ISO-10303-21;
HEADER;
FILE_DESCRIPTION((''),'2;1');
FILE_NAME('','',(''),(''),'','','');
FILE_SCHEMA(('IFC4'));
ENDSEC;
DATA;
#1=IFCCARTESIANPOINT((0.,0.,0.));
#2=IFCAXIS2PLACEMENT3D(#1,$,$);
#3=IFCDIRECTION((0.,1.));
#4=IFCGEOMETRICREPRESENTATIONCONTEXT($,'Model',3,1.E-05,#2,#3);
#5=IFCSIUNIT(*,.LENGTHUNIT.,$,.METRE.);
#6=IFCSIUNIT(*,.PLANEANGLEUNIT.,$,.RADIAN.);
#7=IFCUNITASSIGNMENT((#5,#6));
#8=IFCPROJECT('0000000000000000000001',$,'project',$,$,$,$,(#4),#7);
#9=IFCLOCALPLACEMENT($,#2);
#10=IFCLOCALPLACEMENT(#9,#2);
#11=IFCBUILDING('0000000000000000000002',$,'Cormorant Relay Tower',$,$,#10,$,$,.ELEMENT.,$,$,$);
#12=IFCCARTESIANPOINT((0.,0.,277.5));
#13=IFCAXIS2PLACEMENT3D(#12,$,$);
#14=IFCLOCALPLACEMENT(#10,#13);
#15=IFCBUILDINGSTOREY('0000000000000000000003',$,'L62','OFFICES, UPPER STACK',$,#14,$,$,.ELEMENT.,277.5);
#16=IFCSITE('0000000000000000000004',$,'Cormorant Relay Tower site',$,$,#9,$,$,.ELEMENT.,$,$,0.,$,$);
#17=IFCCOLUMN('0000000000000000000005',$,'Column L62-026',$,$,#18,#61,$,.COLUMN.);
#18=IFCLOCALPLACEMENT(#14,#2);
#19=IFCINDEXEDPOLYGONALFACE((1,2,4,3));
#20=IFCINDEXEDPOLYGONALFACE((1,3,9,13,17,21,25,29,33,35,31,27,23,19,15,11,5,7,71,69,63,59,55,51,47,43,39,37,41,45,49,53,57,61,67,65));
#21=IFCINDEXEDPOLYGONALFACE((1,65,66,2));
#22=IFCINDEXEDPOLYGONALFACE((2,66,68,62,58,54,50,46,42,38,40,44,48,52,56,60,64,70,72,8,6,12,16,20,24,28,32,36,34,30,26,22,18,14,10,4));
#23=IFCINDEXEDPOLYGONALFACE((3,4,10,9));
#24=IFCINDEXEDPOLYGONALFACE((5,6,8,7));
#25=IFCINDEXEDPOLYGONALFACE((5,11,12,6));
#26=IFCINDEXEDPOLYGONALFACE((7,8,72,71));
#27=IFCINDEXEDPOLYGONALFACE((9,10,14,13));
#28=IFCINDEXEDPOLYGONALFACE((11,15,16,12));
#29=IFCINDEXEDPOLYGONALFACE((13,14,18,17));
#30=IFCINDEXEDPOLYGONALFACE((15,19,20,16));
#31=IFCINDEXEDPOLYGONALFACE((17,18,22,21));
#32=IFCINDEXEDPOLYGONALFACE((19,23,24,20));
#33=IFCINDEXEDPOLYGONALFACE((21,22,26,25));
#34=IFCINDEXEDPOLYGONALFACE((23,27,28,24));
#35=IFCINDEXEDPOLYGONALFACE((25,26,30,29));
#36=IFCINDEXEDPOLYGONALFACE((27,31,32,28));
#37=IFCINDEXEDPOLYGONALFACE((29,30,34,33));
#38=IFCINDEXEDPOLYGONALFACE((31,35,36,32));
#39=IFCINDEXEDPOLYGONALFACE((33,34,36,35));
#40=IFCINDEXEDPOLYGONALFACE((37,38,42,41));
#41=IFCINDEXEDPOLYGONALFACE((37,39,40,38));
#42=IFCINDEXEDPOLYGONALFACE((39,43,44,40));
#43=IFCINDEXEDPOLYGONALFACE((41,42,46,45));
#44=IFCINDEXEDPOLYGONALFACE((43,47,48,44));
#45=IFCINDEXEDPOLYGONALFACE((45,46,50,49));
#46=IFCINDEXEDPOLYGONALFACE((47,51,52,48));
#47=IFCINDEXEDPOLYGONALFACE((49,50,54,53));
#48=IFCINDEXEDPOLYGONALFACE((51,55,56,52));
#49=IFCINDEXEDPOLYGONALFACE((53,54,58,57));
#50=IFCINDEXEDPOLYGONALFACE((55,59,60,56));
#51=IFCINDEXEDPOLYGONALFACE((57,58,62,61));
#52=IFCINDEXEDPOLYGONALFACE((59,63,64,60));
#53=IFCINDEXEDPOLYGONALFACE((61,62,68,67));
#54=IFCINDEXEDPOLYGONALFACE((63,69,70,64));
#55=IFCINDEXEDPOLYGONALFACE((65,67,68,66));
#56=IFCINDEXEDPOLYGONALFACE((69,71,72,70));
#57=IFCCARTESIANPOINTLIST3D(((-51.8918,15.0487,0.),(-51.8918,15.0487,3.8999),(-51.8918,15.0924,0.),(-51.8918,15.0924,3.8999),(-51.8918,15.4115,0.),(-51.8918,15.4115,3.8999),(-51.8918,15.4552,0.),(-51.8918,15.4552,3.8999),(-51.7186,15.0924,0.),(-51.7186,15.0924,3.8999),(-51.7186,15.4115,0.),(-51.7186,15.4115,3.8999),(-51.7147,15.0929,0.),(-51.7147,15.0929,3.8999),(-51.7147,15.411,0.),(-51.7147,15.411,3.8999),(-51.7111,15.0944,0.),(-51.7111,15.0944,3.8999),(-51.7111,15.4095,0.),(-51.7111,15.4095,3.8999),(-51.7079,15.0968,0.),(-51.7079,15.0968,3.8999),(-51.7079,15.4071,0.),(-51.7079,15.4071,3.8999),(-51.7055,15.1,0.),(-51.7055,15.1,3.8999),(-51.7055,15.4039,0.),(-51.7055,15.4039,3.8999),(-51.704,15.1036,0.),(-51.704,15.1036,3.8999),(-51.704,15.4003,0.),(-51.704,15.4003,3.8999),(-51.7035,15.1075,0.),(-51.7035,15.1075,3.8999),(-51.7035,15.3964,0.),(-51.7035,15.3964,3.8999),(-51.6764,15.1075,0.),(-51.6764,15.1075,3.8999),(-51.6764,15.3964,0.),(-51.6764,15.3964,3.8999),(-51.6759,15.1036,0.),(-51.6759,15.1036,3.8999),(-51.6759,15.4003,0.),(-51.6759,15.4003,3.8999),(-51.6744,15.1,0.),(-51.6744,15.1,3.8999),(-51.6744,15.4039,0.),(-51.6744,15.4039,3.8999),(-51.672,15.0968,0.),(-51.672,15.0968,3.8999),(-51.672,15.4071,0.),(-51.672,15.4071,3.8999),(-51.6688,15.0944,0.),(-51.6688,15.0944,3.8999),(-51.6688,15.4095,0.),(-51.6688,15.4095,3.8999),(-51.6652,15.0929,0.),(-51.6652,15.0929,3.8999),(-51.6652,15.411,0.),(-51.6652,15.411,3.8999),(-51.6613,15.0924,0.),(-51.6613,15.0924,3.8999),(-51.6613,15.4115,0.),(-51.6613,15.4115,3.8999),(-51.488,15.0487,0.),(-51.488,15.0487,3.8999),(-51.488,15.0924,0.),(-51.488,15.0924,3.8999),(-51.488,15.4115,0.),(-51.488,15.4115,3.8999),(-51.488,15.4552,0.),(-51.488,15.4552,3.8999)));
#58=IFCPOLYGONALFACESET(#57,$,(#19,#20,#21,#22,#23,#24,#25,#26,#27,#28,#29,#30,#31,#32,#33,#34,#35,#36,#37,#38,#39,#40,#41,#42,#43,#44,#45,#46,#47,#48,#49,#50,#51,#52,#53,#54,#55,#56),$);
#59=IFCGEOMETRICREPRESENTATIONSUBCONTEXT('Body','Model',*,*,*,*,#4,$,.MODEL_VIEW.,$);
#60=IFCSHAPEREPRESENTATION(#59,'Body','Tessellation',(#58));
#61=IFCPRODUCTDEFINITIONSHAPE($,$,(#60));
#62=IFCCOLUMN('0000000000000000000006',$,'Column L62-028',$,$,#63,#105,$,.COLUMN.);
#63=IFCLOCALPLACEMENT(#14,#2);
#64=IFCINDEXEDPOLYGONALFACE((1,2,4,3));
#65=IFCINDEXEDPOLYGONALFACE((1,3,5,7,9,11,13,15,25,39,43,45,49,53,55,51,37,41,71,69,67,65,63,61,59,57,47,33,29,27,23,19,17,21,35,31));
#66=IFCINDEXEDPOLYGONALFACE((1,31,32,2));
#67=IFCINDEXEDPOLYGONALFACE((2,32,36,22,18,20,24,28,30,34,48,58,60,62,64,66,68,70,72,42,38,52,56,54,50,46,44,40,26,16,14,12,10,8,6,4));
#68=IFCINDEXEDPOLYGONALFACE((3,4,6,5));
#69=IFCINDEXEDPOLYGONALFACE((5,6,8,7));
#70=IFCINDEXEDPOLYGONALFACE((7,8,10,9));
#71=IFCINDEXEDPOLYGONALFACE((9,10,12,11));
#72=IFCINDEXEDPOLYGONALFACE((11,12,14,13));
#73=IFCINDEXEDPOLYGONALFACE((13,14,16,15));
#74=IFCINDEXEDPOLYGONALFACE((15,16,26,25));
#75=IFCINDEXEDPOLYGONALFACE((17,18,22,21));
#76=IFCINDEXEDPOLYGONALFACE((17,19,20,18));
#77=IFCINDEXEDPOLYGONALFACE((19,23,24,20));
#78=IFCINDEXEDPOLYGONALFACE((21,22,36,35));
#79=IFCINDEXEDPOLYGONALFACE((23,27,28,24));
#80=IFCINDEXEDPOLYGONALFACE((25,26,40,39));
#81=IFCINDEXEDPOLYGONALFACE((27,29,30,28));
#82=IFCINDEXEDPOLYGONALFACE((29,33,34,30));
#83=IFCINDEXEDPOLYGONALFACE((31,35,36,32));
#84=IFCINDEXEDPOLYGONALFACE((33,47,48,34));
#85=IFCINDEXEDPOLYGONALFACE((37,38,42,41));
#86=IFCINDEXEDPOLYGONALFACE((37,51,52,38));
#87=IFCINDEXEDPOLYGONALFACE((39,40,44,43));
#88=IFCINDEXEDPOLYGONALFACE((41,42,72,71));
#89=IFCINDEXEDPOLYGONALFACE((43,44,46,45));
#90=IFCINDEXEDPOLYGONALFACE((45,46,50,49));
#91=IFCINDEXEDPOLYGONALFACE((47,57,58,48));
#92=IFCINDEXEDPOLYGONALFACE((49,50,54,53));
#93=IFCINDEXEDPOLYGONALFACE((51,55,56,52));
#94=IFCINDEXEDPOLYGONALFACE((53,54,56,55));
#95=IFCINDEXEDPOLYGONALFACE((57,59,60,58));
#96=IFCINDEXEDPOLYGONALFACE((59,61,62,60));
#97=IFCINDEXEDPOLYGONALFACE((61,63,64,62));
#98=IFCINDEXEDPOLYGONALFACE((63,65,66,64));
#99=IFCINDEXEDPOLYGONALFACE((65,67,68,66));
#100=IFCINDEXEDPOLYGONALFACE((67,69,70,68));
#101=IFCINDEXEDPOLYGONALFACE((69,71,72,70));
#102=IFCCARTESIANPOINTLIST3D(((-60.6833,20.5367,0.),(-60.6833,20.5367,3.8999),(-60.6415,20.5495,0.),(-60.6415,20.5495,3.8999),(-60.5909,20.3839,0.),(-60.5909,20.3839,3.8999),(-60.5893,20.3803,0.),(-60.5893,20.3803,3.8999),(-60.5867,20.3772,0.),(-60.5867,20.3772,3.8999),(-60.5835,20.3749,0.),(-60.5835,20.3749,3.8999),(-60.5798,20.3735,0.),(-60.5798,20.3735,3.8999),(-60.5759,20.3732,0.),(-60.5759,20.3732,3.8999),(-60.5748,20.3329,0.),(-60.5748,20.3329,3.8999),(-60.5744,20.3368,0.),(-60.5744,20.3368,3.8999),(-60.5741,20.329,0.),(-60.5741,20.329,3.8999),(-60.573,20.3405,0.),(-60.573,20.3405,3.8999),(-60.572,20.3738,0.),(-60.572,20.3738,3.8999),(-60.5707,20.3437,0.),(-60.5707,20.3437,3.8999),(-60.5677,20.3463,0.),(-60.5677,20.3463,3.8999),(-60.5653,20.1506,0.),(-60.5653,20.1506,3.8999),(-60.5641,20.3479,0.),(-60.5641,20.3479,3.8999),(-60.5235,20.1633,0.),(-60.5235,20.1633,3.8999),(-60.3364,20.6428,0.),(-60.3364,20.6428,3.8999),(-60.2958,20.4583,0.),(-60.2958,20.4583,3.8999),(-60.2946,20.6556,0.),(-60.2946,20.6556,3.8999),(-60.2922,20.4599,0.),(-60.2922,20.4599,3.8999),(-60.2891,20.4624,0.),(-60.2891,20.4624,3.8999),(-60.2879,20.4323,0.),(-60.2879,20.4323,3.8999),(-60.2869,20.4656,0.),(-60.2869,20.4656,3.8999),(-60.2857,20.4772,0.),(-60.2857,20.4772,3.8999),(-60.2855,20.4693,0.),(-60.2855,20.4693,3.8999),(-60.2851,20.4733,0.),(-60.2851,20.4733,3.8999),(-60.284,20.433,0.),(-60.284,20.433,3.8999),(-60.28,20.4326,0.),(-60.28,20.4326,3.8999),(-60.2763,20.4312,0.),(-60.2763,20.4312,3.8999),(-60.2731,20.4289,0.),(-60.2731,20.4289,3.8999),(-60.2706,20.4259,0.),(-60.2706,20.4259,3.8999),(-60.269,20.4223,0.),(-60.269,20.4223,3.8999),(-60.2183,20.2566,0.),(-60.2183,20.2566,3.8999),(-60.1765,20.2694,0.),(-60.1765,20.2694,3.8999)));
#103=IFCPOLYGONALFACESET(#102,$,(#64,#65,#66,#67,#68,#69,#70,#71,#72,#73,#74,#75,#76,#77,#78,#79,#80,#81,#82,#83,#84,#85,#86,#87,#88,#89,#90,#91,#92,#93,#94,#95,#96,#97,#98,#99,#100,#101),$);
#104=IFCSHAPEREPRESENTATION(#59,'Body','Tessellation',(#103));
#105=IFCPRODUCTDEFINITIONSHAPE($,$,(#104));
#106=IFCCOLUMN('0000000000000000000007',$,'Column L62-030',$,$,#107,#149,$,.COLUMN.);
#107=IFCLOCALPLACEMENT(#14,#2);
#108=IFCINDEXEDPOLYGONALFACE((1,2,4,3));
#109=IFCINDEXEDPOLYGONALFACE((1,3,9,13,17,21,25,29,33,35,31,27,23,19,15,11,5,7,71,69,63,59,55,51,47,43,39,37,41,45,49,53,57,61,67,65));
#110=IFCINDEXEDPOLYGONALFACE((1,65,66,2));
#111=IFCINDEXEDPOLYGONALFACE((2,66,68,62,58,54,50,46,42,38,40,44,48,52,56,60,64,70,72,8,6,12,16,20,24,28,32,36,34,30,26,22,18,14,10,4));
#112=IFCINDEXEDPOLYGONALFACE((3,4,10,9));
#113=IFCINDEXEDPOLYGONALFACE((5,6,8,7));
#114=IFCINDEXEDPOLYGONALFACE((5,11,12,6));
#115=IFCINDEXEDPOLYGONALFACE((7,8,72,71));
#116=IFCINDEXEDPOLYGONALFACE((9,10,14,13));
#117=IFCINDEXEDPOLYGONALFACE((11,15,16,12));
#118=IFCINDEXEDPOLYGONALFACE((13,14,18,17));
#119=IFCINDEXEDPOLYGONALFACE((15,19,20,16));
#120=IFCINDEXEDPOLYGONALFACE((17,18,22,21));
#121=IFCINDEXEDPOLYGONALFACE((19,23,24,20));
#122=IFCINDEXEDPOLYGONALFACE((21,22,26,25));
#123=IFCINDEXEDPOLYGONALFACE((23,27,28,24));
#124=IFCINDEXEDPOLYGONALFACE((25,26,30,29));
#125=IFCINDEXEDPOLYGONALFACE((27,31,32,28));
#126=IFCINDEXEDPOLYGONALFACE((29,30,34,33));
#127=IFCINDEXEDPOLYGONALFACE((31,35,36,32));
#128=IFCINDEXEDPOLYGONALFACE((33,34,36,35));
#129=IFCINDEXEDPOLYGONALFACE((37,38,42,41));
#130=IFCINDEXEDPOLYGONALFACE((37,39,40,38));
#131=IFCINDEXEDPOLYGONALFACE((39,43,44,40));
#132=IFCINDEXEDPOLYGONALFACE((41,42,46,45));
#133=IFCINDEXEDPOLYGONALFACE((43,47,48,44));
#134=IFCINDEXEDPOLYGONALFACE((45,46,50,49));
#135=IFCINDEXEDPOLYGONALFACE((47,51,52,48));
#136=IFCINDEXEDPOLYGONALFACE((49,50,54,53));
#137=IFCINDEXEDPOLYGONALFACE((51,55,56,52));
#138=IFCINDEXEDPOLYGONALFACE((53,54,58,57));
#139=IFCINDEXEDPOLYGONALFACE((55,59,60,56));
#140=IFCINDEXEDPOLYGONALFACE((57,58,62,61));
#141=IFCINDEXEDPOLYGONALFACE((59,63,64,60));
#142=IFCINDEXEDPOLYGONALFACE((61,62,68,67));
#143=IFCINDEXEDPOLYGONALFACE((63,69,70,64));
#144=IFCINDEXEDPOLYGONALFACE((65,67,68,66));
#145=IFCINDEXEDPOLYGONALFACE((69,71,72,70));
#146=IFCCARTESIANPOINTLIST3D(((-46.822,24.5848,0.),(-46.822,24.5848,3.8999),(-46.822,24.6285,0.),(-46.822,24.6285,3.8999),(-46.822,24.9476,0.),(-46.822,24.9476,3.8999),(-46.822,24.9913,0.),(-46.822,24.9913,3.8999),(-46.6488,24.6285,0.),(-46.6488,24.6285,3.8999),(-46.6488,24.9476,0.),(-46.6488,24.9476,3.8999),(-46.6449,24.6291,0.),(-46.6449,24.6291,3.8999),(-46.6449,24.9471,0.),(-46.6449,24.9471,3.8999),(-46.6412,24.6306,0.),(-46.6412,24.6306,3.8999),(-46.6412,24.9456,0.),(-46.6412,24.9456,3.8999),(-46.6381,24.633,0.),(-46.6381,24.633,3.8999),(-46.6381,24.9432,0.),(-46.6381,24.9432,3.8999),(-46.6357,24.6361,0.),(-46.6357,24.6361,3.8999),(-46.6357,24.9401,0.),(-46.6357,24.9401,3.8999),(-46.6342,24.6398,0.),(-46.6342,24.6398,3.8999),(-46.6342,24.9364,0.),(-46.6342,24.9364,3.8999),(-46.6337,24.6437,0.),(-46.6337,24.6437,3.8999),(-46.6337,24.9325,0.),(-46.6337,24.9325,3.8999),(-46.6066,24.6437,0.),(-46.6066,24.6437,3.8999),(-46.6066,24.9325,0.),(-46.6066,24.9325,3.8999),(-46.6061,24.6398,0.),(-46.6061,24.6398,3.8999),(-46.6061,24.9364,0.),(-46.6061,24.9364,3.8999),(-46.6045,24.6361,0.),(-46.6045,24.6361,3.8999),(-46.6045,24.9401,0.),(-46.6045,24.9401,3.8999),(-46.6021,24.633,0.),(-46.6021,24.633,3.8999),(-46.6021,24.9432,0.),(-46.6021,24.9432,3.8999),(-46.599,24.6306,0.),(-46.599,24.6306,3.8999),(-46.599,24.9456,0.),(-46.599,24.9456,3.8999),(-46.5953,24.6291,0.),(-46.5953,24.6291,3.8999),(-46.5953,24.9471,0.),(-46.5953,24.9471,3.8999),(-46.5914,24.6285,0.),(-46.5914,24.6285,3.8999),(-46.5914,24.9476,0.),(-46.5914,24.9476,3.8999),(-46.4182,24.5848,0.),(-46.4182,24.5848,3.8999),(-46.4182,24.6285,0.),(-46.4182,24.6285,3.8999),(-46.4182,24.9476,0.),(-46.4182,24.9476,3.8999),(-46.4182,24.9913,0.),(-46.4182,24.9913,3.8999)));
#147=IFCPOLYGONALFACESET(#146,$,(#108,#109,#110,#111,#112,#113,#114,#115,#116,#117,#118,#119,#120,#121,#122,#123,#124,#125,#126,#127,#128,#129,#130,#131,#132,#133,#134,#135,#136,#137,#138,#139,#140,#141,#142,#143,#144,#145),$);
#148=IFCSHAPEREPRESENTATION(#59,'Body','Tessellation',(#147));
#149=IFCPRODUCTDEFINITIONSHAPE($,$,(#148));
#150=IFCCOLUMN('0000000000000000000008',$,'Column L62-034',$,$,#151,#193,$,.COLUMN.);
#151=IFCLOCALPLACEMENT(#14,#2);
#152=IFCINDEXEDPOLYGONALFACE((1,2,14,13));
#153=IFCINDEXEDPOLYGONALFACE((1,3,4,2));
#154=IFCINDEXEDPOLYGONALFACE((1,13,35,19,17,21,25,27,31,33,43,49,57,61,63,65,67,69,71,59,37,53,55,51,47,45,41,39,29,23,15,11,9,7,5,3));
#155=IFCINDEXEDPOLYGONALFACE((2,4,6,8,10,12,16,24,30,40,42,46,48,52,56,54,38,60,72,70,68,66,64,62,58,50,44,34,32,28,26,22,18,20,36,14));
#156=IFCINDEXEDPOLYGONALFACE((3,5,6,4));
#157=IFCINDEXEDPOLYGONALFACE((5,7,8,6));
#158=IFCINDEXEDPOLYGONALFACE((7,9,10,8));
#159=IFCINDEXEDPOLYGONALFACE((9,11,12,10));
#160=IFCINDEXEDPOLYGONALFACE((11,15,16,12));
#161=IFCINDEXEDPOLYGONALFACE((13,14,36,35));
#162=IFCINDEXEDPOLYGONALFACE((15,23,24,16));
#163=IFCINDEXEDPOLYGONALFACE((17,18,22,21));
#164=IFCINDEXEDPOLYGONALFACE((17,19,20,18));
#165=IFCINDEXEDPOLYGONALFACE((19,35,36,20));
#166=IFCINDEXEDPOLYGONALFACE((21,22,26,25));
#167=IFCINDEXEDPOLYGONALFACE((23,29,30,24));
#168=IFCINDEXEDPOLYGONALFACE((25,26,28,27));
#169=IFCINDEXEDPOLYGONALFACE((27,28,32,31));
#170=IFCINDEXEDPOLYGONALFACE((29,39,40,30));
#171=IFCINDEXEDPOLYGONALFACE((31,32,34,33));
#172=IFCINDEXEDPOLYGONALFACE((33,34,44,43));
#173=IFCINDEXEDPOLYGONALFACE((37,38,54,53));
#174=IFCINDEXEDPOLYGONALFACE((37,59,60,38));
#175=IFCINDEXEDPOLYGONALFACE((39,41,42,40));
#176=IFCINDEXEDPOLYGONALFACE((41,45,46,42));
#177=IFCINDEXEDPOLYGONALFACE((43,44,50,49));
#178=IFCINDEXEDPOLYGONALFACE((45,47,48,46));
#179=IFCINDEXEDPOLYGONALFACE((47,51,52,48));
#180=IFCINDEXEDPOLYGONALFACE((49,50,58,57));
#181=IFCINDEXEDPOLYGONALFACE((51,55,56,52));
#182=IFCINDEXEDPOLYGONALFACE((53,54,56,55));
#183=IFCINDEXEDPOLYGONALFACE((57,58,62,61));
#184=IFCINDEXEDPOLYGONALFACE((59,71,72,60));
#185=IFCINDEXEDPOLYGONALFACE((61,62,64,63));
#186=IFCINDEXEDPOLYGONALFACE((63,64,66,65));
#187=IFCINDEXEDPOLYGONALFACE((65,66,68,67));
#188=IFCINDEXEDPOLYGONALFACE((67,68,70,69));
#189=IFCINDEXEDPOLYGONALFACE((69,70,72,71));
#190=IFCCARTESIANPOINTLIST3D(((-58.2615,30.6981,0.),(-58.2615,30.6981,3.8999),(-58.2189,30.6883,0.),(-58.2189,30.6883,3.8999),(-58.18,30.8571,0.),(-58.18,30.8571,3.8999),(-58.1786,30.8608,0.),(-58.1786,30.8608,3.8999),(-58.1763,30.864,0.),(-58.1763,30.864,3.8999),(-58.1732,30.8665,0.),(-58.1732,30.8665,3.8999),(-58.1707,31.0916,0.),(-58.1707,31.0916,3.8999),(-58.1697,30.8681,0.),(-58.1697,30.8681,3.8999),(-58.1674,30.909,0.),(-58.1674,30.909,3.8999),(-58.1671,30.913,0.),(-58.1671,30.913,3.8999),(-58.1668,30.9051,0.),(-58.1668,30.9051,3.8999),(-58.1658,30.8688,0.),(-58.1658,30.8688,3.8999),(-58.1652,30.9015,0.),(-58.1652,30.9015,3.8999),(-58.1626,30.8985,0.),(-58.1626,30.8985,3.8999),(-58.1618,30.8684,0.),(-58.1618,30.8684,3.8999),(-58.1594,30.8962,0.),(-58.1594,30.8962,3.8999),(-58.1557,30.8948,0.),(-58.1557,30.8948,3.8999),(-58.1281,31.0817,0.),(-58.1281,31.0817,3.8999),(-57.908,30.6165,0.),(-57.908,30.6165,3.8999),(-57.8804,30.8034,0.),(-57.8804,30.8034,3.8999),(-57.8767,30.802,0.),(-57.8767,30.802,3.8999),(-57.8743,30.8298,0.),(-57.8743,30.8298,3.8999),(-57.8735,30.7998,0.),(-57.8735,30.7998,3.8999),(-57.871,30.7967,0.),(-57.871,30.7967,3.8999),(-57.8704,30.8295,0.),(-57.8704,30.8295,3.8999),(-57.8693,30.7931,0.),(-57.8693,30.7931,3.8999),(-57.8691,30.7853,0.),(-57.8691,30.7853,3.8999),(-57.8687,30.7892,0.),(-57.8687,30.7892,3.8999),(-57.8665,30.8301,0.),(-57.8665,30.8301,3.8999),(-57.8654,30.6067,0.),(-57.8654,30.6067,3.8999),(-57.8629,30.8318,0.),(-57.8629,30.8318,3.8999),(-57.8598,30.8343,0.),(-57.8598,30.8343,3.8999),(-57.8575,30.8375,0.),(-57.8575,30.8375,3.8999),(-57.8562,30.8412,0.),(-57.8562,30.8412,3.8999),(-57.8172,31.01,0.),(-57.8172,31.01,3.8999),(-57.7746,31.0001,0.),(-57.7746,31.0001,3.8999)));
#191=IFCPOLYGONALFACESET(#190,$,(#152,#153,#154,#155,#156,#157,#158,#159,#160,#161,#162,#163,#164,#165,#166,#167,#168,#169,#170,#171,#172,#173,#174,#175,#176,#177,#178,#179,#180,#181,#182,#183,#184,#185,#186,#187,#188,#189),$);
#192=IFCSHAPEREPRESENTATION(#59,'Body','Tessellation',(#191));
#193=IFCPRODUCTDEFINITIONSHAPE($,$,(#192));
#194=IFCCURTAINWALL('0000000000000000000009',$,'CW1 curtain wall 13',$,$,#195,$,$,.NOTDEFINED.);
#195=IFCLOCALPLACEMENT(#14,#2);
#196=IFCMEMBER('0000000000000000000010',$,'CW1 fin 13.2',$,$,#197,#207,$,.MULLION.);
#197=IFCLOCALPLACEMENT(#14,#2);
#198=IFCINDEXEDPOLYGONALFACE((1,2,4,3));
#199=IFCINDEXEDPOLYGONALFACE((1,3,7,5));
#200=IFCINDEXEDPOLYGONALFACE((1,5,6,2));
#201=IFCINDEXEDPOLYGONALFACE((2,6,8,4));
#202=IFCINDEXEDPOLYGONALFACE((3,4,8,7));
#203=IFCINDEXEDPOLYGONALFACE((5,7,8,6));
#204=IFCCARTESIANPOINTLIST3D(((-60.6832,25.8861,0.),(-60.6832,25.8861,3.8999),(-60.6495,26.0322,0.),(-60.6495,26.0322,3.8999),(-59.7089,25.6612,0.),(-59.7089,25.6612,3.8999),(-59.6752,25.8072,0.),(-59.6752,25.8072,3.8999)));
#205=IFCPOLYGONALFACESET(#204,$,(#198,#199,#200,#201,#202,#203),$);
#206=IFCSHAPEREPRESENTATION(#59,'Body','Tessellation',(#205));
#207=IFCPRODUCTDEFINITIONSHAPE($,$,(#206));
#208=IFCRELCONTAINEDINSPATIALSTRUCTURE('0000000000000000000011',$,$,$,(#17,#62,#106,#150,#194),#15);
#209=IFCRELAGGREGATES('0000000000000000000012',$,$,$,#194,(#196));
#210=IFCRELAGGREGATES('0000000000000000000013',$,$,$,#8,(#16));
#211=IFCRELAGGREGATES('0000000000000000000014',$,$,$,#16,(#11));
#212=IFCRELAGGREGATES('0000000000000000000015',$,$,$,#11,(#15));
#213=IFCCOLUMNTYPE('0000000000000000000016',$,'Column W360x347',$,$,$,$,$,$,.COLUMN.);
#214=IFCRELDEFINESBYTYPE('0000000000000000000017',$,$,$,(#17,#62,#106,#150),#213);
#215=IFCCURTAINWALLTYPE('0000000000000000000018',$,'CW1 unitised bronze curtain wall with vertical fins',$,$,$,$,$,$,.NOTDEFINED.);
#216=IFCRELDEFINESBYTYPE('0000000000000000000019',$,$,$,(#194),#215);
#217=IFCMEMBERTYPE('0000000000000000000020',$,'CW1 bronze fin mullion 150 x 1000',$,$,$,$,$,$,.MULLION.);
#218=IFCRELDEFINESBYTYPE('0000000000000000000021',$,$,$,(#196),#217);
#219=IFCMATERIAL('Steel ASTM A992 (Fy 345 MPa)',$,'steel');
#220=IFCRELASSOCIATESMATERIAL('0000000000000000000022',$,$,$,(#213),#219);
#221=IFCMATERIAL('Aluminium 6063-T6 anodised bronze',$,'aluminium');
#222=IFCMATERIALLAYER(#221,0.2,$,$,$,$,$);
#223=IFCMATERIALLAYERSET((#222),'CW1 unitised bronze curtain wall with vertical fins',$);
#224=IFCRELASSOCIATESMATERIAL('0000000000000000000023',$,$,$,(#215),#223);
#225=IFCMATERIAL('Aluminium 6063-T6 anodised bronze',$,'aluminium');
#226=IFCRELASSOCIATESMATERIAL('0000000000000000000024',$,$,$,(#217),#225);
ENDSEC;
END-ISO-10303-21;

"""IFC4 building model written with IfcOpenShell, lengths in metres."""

from ifc_helpers import new_model, si_unit, direction, frame, origin, origin_2d, place, context, subcontext, project, spatial, rectangle, i_section, extrude, material, layer, layer_set, material_profile, profile_set, type_object, element, aggregate, save


model = new_model("IFC4")

# Units and contexts
model_context = context("Model", 3, precision=1e-05, world=origin(), true_north=direction((0.0, 1.0)))
body_context = subcontext(model_context, "Body", "Model", "MODEL_VIEW")
ifc_project = project(units=[si_unit("LENGTHUNIT", "METRE"), si_unit("PLANEANGLEUNIT", "RADIAN")], contexts=[model_context])

# Site, building, storey
site_placement = place(None, origin())
site = spatial("IfcSite", under=ifc_project, at=site_placement, Name="Cormorant Relay Tower site", CompositionType="ELEMENT", RefElevation=0.0)
building_placement = place(site_placement, origin())
building = spatial("IfcBuilding", under=site, at=building_placement, Name="Cormorant Relay Tower", CompositionType="ELEMENT")
storey_placement = place(building_placement, frame((0.0, 0.0, 277.5)))
storey = spatial("IfcBuildingStorey", under=building, at=storey_placement, Name="L62", Description="OFFICES, UPPER STACK", CompositionType="ELEMENT", Elevation=277.5)

# Columns
ifc_material_1 = material(Name="Steel ASTM A992 (Fy 345 MPa)", Category="steel")
ifc_material_profile_1 = material_profile(ifc_material_1, i_section(OverallWidth=0.4038, OverallDepth=0.4065, WebThickness=0.0271, FlangeThickness=0.0437, FilletRadius=0.0151, at=origin_2d()), Name="W360x347")
ifc_profile_set_1 = profile_set([ifc_material_profile_1], Name="Steel ASTM A992 (Fy 345 MPa)")
column_type = type_object("IfcColumnType", Name="Column W360x347", PredefinedType="COLUMN", material=ifc_profile_set_1)
for number, where, z_axis, x_axis, name in (
    (1, (-51.6899, 15.252, 0.0), (0.0, 0.0, 1.0), (1.0, 0.0, 0.0), "Column L62-026"),
    (2, (-60.4299, 20.4031, 0.0), (0.0, 0.0, 1.0), (0.292372, -0.956305, 0.0), "Column L62-028"),
    (3, (-46.6201, 24.7881, 0.0), (0.0, 0.0, 1.0), (1.0, 0.0, 0.0), "Column L62-030"),
    (4, (-58.0181, 30.8491, 0.0), (0.0, 0.0, 1.0), (-0.224951, -0.97437, 0.0), "Column L62-034"),
):
    element("IfcColumn", number, at=place(storey_placement, frame(where, z_axis=z_axis, x_axis=x_axis)), inside=storey, type_object=column_type, Name=name, PredefinedType="COLUMN", context=body_context, shape_type="SweptSolid", body=[
        extrude(i_section(OverallWidth=0.4038, OverallDepth=0.4065, WebThickness=0.0271, FlangeThickness=0.0437, FilletRadius=0.0151, at=origin_2d()), origin(), (0.0, 0.0, 1.0), 3.8999),
    ])

# Curtain wall, member
ifc_material_2 = material(Name="Aluminium 6063-T6 anodised bronze", Category="aluminium")
ifc_layer_1 = layer(ifc_material_2, 0.2)
ifc_layer_set_1 = layer_set([ifc_layer_1], Name="CW1 unitised bronze curtain wall with vertical fins")
curtain_wall_type = type_object("IfcCurtainWallType", Name="CW1 unitised bronze curtain wall with vertical fins", PredefinedType="NOTDEFINED", material=ifc_layer_set_1)
curtain_wall_1_placement = place(storey_placement, origin())
curtain_wall_1 = element("IfcCurtainWall", 5, at=curtain_wall_1_placement, inside=storey, type_object=curtain_wall_type, Name="CW1 curtain wall 13", PredefinedType="NOTDEFINED")
ifc_material_3 = material(Name="Aluminium 6063-T6 anodised bronze", Category="aluminium")
ifc_material_profile_2 = material_profile(ifc_material_3, rectangle(XDim=0.1499, YDim=1.0, at=origin_2d()), Name="AL 150x1000")
ifc_profile_set_2 = profile_set([ifc_material_profile_2], Name="Aluminium 6063-T6 anodised bronze")
member_type_1 = type_object("IfcMemberType", Name="CW1 bronze fin mullion 150 x 1000", PredefinedType="MULLION", material=ifc_profile_set_2)
member_1_placement = place(storey_placement, frame((-60.1792, 25.8467, 0.0), z_axis=(0.0, 0.0, 1.0), x_axis=(-0.224951, -0.97437, 0.0)))
member_1 = element("IfcMember", 6, at=member_1_placement, type_object=member_type_1, Name="CW1 fin 13.2", PredefinedType="MULLION", context=body_context, shape_type="SweptSolid", body=[
    extrude(rectangle(XDim=0.1499, YDim=1.0, at=origin_2d()), origin(), (0.0, 0.0, 1.0), 3.8999),
])

aggregate(curtain_wall_1, [member_1])

save(model, "model.ifc")
